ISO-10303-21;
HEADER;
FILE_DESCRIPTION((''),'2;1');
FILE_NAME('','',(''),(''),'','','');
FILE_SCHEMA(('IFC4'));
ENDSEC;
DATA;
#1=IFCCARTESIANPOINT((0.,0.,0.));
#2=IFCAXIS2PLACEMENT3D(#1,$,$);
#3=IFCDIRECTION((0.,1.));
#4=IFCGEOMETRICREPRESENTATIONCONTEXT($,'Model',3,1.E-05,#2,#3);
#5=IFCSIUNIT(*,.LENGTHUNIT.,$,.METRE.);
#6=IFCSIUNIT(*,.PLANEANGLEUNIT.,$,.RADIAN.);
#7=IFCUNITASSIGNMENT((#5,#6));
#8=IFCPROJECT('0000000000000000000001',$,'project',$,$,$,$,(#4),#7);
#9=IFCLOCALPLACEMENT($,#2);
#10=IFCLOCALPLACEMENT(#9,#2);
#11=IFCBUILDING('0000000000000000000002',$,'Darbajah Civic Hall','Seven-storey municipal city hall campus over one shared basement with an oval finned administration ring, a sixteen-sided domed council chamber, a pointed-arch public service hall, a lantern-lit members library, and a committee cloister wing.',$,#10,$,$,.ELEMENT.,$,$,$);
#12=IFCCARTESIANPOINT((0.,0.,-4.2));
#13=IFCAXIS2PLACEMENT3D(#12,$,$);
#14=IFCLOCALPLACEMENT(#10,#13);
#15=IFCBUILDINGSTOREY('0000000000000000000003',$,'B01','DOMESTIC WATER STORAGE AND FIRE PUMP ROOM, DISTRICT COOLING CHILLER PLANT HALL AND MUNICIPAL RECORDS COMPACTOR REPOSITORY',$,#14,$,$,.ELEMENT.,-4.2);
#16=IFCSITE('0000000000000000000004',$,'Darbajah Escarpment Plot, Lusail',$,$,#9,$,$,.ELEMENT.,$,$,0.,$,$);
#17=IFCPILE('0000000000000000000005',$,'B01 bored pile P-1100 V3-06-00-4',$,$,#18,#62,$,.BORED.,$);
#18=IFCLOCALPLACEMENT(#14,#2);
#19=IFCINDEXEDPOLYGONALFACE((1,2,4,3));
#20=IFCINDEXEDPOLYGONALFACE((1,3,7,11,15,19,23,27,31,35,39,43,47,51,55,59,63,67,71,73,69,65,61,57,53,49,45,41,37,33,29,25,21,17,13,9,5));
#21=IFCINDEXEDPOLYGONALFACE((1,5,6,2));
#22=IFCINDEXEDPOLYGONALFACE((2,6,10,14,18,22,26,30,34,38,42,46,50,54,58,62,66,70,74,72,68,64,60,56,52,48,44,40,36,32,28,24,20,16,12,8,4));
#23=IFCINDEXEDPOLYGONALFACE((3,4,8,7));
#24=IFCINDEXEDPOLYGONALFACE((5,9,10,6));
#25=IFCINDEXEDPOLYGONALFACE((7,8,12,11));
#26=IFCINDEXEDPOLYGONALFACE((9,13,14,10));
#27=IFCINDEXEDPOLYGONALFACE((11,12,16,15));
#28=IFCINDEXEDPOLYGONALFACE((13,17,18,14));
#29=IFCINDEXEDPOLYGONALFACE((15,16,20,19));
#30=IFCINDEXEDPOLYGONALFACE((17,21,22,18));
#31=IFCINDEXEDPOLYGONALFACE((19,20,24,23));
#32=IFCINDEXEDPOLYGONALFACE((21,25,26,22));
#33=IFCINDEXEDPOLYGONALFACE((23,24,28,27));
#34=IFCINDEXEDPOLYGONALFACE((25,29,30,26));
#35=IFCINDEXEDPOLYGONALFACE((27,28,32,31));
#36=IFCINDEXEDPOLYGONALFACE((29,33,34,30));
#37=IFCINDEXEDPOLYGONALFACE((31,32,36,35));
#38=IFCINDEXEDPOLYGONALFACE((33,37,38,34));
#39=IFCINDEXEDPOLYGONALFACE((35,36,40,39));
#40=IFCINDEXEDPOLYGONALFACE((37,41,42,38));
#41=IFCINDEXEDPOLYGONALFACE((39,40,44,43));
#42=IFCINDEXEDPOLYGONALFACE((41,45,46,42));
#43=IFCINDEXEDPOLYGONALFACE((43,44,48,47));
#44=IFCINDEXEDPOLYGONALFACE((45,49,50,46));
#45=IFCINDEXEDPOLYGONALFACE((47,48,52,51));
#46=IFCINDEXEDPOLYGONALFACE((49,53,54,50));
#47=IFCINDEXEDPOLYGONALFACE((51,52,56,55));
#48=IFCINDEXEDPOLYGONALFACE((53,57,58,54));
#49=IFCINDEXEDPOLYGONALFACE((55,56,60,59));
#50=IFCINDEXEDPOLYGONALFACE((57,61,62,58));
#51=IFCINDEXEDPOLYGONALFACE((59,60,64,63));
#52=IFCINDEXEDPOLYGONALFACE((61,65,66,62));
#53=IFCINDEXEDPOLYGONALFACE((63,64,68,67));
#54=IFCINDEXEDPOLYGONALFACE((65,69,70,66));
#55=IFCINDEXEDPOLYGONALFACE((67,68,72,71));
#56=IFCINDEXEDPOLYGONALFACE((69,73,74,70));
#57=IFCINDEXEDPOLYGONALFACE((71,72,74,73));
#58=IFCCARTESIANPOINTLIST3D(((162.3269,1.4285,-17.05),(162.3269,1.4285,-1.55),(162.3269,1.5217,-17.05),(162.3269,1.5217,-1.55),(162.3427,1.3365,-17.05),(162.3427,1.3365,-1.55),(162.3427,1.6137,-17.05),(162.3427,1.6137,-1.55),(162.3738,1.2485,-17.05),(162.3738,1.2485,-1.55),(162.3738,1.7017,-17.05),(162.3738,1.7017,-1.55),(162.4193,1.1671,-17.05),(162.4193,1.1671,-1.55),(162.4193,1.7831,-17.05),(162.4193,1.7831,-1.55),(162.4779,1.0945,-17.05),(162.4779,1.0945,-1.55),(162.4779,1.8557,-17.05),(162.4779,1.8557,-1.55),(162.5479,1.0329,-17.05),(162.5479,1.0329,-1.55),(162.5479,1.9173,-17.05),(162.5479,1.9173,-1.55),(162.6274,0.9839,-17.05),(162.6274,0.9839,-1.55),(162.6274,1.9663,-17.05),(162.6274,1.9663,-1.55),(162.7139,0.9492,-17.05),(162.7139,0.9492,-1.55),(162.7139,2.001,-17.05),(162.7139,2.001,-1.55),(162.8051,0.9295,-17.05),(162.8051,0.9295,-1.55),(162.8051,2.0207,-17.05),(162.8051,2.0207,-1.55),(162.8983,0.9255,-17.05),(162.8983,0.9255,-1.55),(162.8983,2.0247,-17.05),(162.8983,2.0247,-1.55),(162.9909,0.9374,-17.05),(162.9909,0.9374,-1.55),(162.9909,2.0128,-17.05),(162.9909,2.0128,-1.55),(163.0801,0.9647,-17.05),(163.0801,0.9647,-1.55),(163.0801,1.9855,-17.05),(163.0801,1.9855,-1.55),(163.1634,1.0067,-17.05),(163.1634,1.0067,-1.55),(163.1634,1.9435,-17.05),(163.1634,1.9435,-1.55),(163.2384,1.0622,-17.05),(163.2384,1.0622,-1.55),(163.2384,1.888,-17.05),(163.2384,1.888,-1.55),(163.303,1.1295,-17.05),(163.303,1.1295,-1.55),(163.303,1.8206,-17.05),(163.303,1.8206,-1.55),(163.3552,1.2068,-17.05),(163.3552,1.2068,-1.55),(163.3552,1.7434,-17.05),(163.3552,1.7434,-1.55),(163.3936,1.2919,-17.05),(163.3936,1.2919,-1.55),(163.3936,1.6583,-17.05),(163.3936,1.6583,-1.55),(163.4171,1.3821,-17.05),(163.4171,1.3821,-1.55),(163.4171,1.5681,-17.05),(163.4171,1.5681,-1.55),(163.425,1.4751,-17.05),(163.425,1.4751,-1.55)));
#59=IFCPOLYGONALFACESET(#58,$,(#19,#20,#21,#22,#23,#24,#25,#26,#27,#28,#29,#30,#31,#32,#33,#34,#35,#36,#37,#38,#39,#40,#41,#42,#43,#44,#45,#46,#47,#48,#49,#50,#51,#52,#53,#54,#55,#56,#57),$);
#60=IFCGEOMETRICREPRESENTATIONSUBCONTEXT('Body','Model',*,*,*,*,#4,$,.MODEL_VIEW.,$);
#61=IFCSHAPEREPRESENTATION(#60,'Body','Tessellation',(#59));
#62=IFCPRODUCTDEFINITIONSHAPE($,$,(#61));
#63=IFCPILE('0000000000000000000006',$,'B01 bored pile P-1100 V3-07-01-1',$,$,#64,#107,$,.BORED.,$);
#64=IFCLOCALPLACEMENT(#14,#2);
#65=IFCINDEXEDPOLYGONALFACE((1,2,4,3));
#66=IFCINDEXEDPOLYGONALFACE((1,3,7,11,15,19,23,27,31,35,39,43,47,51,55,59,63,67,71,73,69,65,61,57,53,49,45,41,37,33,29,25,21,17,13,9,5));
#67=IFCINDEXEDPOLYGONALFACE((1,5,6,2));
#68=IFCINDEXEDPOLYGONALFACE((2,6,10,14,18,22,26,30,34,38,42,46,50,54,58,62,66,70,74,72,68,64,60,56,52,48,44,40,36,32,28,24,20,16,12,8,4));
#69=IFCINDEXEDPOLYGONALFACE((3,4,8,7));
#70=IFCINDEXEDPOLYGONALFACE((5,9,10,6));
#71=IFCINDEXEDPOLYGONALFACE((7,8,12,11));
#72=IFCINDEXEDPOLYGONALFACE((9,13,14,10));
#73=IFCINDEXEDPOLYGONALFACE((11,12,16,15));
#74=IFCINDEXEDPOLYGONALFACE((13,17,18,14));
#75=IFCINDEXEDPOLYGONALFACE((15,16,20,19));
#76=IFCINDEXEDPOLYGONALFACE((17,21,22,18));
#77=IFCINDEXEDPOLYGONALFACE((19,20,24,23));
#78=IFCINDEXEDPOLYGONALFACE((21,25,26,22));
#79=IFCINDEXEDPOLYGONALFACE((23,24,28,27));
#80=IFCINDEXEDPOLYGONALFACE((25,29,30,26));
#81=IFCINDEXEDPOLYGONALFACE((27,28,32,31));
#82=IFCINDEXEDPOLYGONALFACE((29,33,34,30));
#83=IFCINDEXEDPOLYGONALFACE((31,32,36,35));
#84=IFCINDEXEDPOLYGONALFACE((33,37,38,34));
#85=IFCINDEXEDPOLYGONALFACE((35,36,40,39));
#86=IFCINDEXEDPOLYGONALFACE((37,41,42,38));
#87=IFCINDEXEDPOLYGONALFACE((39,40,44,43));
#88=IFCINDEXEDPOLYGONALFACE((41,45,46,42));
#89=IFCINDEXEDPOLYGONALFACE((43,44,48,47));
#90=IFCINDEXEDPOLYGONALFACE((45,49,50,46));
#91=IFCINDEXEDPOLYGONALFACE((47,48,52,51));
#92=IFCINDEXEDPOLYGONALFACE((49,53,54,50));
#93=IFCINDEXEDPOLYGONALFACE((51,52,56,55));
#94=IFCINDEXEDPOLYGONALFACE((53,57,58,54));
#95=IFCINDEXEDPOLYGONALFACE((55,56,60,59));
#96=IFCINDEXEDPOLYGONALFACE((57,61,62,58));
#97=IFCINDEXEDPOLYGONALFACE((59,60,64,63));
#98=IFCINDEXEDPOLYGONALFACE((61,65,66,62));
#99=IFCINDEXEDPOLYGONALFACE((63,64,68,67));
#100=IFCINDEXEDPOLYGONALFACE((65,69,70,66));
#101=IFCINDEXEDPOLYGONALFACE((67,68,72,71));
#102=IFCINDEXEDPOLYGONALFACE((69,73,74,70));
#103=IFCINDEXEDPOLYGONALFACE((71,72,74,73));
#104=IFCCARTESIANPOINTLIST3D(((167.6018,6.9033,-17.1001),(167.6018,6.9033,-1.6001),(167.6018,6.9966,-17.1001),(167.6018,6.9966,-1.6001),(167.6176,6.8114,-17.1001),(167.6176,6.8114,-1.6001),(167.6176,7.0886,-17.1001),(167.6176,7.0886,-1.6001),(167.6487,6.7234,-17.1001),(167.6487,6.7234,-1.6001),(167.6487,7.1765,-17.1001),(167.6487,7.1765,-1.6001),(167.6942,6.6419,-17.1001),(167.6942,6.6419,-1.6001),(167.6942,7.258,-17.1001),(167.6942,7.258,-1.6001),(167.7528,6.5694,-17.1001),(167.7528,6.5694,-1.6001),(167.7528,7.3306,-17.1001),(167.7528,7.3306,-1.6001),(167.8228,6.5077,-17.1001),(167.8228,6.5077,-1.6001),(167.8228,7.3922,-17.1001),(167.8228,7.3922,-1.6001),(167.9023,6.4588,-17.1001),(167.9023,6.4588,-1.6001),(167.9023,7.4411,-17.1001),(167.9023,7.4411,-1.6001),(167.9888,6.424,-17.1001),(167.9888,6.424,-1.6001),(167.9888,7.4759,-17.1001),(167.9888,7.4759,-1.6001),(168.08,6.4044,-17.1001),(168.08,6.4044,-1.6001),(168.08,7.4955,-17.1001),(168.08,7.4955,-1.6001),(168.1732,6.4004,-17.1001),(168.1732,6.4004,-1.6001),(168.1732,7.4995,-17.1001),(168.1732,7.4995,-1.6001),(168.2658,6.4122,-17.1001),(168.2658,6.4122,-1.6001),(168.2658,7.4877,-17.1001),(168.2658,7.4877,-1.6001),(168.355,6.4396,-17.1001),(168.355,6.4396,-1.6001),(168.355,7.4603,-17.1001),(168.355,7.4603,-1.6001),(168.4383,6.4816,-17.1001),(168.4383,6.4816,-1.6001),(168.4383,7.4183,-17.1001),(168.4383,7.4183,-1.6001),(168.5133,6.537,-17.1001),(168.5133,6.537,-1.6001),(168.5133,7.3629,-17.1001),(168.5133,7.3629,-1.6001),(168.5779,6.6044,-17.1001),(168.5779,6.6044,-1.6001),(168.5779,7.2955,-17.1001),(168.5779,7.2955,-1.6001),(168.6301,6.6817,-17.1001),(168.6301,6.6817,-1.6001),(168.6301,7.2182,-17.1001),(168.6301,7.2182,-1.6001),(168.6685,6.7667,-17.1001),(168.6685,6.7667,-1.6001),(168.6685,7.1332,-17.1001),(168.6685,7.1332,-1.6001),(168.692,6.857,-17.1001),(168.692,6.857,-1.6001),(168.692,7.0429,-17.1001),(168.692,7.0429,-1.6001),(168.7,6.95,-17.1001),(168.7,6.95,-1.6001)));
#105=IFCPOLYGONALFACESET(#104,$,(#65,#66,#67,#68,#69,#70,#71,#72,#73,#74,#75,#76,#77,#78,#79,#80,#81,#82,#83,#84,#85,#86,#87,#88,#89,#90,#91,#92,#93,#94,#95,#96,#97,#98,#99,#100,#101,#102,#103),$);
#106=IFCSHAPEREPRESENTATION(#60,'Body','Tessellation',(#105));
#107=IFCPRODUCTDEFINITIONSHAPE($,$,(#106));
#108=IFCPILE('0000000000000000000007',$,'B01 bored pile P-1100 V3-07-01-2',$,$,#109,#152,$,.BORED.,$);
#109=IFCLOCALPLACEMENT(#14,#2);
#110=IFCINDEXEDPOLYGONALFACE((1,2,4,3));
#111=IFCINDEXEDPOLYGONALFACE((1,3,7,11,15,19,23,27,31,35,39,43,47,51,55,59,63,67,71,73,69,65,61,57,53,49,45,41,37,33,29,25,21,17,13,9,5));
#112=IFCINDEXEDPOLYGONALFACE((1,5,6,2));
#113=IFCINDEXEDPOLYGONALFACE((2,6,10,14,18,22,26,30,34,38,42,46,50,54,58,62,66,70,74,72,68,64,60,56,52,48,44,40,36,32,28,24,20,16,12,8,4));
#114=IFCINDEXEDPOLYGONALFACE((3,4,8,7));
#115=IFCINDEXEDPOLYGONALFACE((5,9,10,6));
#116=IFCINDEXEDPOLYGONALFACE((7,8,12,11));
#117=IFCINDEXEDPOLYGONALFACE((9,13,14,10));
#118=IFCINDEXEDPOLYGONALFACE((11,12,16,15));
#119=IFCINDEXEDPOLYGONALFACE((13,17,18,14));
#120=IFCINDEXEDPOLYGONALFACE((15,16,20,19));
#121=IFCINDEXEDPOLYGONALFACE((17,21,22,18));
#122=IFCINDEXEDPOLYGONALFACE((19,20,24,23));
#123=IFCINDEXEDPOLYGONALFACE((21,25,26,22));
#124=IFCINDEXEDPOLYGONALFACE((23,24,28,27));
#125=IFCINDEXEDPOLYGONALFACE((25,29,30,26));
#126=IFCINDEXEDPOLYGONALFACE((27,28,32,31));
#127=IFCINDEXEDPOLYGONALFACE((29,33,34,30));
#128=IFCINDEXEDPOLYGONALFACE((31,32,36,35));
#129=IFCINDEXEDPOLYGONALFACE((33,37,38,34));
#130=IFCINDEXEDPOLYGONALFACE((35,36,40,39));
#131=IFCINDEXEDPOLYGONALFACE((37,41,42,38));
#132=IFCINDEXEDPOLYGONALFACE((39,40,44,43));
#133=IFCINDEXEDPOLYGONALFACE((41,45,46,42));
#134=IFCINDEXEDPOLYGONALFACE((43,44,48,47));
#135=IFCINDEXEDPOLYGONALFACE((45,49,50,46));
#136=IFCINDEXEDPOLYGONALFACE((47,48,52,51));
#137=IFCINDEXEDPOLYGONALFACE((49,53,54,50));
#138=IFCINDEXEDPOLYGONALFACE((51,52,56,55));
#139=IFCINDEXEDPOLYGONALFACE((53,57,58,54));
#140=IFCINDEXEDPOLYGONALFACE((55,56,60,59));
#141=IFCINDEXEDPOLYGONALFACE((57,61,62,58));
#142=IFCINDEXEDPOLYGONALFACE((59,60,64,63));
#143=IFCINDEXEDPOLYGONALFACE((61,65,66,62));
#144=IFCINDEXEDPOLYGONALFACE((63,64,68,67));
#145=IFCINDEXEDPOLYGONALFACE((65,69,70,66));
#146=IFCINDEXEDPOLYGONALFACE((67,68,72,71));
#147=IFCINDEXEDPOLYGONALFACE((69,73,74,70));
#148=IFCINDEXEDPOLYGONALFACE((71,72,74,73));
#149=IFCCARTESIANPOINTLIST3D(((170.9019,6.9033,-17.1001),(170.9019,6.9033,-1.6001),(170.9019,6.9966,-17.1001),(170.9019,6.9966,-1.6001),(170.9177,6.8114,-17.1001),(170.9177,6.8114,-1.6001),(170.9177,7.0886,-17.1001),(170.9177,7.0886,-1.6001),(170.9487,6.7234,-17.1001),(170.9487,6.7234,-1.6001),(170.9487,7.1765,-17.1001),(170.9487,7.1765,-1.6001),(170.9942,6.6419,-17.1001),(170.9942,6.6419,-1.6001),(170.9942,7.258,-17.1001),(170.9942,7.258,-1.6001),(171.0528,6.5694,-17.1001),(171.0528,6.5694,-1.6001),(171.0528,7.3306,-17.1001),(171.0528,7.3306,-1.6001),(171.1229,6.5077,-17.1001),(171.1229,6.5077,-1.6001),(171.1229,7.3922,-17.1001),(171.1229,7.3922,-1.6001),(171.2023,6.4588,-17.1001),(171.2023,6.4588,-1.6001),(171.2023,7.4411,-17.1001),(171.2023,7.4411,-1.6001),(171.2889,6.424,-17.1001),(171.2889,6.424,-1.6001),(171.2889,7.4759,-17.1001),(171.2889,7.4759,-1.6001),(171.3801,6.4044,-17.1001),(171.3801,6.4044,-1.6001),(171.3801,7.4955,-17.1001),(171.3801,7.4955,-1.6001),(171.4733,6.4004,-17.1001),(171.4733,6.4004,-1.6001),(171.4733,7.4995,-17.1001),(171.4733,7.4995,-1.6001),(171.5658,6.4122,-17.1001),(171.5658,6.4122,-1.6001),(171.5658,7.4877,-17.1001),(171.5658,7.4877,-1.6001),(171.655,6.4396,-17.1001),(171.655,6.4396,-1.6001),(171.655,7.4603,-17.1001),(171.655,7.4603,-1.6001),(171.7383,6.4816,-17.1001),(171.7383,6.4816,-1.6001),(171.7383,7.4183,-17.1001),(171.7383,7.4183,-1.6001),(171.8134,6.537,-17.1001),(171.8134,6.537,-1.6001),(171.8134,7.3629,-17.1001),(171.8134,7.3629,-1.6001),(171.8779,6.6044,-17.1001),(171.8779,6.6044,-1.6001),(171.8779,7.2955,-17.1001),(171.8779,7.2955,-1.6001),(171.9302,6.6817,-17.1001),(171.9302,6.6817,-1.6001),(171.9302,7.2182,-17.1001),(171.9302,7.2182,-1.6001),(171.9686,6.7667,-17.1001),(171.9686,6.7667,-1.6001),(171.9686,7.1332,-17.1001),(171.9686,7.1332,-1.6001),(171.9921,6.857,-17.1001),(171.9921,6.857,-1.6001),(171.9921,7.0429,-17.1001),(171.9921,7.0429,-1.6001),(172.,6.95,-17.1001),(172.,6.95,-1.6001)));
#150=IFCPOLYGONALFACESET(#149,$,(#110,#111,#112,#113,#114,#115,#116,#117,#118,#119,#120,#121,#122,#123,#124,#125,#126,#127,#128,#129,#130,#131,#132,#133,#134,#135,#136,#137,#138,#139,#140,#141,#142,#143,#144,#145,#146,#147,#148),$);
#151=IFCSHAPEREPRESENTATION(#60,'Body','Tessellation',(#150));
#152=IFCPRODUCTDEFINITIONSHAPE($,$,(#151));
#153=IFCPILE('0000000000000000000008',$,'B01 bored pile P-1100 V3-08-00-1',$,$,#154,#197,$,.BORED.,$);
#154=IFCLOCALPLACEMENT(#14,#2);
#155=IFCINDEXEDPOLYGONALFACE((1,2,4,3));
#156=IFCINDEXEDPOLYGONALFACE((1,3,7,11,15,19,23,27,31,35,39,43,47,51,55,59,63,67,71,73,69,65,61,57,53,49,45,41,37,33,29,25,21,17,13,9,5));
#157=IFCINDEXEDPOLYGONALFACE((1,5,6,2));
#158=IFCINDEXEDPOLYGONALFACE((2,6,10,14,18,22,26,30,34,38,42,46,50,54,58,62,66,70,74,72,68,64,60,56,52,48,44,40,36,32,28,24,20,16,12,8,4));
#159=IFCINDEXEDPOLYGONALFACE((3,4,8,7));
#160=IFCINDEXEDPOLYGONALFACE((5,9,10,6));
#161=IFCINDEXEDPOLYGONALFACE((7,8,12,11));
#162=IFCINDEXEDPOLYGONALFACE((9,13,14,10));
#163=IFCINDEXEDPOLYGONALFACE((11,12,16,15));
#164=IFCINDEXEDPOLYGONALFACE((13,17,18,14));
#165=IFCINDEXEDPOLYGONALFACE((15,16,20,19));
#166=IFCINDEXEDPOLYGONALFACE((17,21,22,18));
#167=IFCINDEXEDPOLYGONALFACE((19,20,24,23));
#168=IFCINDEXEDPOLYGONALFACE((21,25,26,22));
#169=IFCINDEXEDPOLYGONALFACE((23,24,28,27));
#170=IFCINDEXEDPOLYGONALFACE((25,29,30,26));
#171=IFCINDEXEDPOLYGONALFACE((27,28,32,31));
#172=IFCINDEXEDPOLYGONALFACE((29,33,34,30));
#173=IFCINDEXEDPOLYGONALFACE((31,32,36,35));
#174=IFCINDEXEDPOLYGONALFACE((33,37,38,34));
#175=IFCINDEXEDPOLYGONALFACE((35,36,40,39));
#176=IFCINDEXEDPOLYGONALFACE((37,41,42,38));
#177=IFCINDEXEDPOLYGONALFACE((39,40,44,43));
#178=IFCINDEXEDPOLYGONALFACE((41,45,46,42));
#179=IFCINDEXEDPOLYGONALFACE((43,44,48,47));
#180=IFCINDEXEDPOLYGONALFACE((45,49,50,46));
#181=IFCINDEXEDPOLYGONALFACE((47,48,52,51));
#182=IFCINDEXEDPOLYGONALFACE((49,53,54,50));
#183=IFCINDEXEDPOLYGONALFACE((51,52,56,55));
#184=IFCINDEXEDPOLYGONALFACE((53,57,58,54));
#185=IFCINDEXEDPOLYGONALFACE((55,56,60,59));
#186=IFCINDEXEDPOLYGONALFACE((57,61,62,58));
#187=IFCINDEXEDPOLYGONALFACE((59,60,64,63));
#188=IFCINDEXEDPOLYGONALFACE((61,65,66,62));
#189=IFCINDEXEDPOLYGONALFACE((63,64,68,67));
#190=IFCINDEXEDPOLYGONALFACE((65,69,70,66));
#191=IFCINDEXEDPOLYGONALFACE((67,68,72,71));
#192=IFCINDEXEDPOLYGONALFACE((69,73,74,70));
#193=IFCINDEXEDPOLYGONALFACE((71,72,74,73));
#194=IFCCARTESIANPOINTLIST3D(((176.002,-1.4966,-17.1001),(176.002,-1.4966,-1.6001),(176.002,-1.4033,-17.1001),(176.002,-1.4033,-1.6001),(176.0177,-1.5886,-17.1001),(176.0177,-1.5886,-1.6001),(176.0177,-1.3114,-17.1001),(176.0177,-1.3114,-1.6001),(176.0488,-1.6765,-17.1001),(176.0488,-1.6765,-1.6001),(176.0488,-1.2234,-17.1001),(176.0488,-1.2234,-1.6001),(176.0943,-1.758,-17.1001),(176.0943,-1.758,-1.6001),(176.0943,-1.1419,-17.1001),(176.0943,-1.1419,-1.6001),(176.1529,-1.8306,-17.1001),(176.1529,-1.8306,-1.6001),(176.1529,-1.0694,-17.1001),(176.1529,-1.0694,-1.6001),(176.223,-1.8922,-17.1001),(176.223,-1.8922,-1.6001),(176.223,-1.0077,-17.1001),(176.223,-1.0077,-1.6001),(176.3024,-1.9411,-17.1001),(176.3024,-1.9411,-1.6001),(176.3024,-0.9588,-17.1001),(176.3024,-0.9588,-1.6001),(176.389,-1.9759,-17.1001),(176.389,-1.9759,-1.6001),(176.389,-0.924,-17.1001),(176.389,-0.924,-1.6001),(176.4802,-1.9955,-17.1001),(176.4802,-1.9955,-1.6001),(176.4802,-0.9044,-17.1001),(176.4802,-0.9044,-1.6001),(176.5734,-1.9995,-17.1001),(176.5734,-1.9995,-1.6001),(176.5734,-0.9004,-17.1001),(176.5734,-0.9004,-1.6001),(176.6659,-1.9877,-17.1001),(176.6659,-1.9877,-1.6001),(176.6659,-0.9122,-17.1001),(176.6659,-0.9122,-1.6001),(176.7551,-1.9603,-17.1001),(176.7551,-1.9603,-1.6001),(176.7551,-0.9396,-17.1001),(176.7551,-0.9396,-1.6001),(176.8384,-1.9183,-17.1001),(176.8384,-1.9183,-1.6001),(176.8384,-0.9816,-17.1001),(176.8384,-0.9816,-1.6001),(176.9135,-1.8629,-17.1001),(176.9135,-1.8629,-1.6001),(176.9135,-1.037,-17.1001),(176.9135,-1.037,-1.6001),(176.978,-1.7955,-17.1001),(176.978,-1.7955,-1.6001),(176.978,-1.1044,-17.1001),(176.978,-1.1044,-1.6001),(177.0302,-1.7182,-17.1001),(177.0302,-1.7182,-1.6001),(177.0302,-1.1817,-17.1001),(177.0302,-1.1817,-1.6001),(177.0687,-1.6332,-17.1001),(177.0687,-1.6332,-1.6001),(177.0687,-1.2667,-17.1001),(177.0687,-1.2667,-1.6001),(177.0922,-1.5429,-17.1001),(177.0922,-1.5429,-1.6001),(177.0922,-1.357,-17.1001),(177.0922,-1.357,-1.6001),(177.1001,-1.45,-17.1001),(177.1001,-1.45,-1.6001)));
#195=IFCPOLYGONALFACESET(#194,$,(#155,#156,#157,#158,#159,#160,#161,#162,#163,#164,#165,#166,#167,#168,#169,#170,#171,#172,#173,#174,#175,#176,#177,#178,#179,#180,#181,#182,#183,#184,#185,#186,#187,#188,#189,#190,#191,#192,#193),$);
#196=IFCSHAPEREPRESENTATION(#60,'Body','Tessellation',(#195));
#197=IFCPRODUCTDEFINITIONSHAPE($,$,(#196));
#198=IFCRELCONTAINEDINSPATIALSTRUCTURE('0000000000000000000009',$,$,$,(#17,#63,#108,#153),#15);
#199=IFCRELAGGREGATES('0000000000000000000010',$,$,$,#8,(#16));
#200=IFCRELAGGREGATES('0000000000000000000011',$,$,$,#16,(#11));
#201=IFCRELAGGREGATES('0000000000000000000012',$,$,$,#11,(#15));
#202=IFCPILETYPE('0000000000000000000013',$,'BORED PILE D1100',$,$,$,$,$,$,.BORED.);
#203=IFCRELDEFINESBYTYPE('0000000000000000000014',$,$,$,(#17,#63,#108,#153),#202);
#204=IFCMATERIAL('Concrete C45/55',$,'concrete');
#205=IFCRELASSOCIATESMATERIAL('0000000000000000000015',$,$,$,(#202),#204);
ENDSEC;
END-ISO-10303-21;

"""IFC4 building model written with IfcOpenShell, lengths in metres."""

from ifc_helpers import new_model, si_unit, direction, frame, origin, origin_2d, place, context, subcontext, project, spatial, circle, extrude, material, material_profile, profile_set, type_object, element, save


model = new_model("IFC4")

# Units and contexts
model_context = context("Model", 3, precision=1e-05, world=origin(), true_north=direction((0.0, 1.0)))
body_context = subcontext(model_context, "Body", "Model", "MODEL_VIEW")
ifc_project = project(units=[si_unit("LENGTHUNIT", "METRE"), si_unit("PLANEANGLEUNIT", "RADIAN")], contexts=[model_context])

# Site, building, storey
site_placement = place(None, origin())
site = spatial("IfcSite", under=ifc_project, at=site_placement, Name="Darbajah Escarpment Plot, Lusail", CompositionType="ELEMENT", RefElevation=0.0)
building_placement = place(site_placement, origin())
building = spatial("IfcBuilding", under=site, at=building_placement, Name="Darbajah Civic Hall", Description="Seven-storey municipal city hall campus over one shared basement with an oval finned administration ring, a sixteen-sided domed council chamber, a pointed-arch public service hall, a lantern-lit members library, and a committee cloister wing.", CompositionType="ELEMENT")
storey_placement = place(building_placement, frame((0.0, 0.0, -4.2)))
storey = spatial("IfcBuildingStorey", under=building, at=storey_placement, Name="B01", Description="DOMESTIC WATER STORAGE AND FIRE PUMP ROOM, DISTRICT COOLING CHILLER PLANT HALL AND MUNICIPAL RECORDS COMPACTOR REPOSITORY", CompositionType="ELEMENT", Elevation=-4.2)

# Piles
ifc_material_1 = material(Name="Concrete C45/55", Category="concrete")
ifc_material_profile_1 = material_profile(ifc_material_1, circle(Radius=0.55, at=origin_2d()), Name="BORED PILE D1100")
ifc_profile_set_1 = profile_set([ifc_material_profile_1], Name="Concrete C45/55")
pile_type_1 = type_object("IfcPileType", Name="BORED PILE D1100", PredefinedType="BORED", material=ifc_profile_set_1)
for number, where, z_axis, x_axis, name in (
    (1, (162.875, 1.4751, -1.55), (0.0, 0.0, -1.0), (1.0, 0.0, 0.0), "B01 bored pile P-1100 V3-06-00-4"),
    (2, (168.1499, 6.95, -1.6001), (0.0, 0.0, -1.0), (1.0, 0.0, 0.0), "B01 bored pile P-1100 V3-07-01-1"),
    (3, (171.45, 6.95, -1.6001), (0.0, 0.0, -1.0), (1.0, 0.0, 0.0), "B01 bored pile P-1100 V3-07-01-2"),
    (4, (176.55, -1.45, -1.6001), (0.0, 0.0, -1.0), (1.0, 0.0, 0.0), "B01 bored pile P-1100 V3-08-00-1"),
):
    element("IfcPile", number, at=place(storey_placement, frame(where, z_axis=z_axis, x_axis=x_axis)), inside=storey, type_object=pile_type_1, Name=name, PredefinedType="BORED", context=body_context, shape_type="SweptSolid", body=[
        extrude(circle(Radius=0.55, at=origin_2d()), origin(), (0.0, 0.0, 1.0), 15.5),
    ])

save(model, "model.ifc")
